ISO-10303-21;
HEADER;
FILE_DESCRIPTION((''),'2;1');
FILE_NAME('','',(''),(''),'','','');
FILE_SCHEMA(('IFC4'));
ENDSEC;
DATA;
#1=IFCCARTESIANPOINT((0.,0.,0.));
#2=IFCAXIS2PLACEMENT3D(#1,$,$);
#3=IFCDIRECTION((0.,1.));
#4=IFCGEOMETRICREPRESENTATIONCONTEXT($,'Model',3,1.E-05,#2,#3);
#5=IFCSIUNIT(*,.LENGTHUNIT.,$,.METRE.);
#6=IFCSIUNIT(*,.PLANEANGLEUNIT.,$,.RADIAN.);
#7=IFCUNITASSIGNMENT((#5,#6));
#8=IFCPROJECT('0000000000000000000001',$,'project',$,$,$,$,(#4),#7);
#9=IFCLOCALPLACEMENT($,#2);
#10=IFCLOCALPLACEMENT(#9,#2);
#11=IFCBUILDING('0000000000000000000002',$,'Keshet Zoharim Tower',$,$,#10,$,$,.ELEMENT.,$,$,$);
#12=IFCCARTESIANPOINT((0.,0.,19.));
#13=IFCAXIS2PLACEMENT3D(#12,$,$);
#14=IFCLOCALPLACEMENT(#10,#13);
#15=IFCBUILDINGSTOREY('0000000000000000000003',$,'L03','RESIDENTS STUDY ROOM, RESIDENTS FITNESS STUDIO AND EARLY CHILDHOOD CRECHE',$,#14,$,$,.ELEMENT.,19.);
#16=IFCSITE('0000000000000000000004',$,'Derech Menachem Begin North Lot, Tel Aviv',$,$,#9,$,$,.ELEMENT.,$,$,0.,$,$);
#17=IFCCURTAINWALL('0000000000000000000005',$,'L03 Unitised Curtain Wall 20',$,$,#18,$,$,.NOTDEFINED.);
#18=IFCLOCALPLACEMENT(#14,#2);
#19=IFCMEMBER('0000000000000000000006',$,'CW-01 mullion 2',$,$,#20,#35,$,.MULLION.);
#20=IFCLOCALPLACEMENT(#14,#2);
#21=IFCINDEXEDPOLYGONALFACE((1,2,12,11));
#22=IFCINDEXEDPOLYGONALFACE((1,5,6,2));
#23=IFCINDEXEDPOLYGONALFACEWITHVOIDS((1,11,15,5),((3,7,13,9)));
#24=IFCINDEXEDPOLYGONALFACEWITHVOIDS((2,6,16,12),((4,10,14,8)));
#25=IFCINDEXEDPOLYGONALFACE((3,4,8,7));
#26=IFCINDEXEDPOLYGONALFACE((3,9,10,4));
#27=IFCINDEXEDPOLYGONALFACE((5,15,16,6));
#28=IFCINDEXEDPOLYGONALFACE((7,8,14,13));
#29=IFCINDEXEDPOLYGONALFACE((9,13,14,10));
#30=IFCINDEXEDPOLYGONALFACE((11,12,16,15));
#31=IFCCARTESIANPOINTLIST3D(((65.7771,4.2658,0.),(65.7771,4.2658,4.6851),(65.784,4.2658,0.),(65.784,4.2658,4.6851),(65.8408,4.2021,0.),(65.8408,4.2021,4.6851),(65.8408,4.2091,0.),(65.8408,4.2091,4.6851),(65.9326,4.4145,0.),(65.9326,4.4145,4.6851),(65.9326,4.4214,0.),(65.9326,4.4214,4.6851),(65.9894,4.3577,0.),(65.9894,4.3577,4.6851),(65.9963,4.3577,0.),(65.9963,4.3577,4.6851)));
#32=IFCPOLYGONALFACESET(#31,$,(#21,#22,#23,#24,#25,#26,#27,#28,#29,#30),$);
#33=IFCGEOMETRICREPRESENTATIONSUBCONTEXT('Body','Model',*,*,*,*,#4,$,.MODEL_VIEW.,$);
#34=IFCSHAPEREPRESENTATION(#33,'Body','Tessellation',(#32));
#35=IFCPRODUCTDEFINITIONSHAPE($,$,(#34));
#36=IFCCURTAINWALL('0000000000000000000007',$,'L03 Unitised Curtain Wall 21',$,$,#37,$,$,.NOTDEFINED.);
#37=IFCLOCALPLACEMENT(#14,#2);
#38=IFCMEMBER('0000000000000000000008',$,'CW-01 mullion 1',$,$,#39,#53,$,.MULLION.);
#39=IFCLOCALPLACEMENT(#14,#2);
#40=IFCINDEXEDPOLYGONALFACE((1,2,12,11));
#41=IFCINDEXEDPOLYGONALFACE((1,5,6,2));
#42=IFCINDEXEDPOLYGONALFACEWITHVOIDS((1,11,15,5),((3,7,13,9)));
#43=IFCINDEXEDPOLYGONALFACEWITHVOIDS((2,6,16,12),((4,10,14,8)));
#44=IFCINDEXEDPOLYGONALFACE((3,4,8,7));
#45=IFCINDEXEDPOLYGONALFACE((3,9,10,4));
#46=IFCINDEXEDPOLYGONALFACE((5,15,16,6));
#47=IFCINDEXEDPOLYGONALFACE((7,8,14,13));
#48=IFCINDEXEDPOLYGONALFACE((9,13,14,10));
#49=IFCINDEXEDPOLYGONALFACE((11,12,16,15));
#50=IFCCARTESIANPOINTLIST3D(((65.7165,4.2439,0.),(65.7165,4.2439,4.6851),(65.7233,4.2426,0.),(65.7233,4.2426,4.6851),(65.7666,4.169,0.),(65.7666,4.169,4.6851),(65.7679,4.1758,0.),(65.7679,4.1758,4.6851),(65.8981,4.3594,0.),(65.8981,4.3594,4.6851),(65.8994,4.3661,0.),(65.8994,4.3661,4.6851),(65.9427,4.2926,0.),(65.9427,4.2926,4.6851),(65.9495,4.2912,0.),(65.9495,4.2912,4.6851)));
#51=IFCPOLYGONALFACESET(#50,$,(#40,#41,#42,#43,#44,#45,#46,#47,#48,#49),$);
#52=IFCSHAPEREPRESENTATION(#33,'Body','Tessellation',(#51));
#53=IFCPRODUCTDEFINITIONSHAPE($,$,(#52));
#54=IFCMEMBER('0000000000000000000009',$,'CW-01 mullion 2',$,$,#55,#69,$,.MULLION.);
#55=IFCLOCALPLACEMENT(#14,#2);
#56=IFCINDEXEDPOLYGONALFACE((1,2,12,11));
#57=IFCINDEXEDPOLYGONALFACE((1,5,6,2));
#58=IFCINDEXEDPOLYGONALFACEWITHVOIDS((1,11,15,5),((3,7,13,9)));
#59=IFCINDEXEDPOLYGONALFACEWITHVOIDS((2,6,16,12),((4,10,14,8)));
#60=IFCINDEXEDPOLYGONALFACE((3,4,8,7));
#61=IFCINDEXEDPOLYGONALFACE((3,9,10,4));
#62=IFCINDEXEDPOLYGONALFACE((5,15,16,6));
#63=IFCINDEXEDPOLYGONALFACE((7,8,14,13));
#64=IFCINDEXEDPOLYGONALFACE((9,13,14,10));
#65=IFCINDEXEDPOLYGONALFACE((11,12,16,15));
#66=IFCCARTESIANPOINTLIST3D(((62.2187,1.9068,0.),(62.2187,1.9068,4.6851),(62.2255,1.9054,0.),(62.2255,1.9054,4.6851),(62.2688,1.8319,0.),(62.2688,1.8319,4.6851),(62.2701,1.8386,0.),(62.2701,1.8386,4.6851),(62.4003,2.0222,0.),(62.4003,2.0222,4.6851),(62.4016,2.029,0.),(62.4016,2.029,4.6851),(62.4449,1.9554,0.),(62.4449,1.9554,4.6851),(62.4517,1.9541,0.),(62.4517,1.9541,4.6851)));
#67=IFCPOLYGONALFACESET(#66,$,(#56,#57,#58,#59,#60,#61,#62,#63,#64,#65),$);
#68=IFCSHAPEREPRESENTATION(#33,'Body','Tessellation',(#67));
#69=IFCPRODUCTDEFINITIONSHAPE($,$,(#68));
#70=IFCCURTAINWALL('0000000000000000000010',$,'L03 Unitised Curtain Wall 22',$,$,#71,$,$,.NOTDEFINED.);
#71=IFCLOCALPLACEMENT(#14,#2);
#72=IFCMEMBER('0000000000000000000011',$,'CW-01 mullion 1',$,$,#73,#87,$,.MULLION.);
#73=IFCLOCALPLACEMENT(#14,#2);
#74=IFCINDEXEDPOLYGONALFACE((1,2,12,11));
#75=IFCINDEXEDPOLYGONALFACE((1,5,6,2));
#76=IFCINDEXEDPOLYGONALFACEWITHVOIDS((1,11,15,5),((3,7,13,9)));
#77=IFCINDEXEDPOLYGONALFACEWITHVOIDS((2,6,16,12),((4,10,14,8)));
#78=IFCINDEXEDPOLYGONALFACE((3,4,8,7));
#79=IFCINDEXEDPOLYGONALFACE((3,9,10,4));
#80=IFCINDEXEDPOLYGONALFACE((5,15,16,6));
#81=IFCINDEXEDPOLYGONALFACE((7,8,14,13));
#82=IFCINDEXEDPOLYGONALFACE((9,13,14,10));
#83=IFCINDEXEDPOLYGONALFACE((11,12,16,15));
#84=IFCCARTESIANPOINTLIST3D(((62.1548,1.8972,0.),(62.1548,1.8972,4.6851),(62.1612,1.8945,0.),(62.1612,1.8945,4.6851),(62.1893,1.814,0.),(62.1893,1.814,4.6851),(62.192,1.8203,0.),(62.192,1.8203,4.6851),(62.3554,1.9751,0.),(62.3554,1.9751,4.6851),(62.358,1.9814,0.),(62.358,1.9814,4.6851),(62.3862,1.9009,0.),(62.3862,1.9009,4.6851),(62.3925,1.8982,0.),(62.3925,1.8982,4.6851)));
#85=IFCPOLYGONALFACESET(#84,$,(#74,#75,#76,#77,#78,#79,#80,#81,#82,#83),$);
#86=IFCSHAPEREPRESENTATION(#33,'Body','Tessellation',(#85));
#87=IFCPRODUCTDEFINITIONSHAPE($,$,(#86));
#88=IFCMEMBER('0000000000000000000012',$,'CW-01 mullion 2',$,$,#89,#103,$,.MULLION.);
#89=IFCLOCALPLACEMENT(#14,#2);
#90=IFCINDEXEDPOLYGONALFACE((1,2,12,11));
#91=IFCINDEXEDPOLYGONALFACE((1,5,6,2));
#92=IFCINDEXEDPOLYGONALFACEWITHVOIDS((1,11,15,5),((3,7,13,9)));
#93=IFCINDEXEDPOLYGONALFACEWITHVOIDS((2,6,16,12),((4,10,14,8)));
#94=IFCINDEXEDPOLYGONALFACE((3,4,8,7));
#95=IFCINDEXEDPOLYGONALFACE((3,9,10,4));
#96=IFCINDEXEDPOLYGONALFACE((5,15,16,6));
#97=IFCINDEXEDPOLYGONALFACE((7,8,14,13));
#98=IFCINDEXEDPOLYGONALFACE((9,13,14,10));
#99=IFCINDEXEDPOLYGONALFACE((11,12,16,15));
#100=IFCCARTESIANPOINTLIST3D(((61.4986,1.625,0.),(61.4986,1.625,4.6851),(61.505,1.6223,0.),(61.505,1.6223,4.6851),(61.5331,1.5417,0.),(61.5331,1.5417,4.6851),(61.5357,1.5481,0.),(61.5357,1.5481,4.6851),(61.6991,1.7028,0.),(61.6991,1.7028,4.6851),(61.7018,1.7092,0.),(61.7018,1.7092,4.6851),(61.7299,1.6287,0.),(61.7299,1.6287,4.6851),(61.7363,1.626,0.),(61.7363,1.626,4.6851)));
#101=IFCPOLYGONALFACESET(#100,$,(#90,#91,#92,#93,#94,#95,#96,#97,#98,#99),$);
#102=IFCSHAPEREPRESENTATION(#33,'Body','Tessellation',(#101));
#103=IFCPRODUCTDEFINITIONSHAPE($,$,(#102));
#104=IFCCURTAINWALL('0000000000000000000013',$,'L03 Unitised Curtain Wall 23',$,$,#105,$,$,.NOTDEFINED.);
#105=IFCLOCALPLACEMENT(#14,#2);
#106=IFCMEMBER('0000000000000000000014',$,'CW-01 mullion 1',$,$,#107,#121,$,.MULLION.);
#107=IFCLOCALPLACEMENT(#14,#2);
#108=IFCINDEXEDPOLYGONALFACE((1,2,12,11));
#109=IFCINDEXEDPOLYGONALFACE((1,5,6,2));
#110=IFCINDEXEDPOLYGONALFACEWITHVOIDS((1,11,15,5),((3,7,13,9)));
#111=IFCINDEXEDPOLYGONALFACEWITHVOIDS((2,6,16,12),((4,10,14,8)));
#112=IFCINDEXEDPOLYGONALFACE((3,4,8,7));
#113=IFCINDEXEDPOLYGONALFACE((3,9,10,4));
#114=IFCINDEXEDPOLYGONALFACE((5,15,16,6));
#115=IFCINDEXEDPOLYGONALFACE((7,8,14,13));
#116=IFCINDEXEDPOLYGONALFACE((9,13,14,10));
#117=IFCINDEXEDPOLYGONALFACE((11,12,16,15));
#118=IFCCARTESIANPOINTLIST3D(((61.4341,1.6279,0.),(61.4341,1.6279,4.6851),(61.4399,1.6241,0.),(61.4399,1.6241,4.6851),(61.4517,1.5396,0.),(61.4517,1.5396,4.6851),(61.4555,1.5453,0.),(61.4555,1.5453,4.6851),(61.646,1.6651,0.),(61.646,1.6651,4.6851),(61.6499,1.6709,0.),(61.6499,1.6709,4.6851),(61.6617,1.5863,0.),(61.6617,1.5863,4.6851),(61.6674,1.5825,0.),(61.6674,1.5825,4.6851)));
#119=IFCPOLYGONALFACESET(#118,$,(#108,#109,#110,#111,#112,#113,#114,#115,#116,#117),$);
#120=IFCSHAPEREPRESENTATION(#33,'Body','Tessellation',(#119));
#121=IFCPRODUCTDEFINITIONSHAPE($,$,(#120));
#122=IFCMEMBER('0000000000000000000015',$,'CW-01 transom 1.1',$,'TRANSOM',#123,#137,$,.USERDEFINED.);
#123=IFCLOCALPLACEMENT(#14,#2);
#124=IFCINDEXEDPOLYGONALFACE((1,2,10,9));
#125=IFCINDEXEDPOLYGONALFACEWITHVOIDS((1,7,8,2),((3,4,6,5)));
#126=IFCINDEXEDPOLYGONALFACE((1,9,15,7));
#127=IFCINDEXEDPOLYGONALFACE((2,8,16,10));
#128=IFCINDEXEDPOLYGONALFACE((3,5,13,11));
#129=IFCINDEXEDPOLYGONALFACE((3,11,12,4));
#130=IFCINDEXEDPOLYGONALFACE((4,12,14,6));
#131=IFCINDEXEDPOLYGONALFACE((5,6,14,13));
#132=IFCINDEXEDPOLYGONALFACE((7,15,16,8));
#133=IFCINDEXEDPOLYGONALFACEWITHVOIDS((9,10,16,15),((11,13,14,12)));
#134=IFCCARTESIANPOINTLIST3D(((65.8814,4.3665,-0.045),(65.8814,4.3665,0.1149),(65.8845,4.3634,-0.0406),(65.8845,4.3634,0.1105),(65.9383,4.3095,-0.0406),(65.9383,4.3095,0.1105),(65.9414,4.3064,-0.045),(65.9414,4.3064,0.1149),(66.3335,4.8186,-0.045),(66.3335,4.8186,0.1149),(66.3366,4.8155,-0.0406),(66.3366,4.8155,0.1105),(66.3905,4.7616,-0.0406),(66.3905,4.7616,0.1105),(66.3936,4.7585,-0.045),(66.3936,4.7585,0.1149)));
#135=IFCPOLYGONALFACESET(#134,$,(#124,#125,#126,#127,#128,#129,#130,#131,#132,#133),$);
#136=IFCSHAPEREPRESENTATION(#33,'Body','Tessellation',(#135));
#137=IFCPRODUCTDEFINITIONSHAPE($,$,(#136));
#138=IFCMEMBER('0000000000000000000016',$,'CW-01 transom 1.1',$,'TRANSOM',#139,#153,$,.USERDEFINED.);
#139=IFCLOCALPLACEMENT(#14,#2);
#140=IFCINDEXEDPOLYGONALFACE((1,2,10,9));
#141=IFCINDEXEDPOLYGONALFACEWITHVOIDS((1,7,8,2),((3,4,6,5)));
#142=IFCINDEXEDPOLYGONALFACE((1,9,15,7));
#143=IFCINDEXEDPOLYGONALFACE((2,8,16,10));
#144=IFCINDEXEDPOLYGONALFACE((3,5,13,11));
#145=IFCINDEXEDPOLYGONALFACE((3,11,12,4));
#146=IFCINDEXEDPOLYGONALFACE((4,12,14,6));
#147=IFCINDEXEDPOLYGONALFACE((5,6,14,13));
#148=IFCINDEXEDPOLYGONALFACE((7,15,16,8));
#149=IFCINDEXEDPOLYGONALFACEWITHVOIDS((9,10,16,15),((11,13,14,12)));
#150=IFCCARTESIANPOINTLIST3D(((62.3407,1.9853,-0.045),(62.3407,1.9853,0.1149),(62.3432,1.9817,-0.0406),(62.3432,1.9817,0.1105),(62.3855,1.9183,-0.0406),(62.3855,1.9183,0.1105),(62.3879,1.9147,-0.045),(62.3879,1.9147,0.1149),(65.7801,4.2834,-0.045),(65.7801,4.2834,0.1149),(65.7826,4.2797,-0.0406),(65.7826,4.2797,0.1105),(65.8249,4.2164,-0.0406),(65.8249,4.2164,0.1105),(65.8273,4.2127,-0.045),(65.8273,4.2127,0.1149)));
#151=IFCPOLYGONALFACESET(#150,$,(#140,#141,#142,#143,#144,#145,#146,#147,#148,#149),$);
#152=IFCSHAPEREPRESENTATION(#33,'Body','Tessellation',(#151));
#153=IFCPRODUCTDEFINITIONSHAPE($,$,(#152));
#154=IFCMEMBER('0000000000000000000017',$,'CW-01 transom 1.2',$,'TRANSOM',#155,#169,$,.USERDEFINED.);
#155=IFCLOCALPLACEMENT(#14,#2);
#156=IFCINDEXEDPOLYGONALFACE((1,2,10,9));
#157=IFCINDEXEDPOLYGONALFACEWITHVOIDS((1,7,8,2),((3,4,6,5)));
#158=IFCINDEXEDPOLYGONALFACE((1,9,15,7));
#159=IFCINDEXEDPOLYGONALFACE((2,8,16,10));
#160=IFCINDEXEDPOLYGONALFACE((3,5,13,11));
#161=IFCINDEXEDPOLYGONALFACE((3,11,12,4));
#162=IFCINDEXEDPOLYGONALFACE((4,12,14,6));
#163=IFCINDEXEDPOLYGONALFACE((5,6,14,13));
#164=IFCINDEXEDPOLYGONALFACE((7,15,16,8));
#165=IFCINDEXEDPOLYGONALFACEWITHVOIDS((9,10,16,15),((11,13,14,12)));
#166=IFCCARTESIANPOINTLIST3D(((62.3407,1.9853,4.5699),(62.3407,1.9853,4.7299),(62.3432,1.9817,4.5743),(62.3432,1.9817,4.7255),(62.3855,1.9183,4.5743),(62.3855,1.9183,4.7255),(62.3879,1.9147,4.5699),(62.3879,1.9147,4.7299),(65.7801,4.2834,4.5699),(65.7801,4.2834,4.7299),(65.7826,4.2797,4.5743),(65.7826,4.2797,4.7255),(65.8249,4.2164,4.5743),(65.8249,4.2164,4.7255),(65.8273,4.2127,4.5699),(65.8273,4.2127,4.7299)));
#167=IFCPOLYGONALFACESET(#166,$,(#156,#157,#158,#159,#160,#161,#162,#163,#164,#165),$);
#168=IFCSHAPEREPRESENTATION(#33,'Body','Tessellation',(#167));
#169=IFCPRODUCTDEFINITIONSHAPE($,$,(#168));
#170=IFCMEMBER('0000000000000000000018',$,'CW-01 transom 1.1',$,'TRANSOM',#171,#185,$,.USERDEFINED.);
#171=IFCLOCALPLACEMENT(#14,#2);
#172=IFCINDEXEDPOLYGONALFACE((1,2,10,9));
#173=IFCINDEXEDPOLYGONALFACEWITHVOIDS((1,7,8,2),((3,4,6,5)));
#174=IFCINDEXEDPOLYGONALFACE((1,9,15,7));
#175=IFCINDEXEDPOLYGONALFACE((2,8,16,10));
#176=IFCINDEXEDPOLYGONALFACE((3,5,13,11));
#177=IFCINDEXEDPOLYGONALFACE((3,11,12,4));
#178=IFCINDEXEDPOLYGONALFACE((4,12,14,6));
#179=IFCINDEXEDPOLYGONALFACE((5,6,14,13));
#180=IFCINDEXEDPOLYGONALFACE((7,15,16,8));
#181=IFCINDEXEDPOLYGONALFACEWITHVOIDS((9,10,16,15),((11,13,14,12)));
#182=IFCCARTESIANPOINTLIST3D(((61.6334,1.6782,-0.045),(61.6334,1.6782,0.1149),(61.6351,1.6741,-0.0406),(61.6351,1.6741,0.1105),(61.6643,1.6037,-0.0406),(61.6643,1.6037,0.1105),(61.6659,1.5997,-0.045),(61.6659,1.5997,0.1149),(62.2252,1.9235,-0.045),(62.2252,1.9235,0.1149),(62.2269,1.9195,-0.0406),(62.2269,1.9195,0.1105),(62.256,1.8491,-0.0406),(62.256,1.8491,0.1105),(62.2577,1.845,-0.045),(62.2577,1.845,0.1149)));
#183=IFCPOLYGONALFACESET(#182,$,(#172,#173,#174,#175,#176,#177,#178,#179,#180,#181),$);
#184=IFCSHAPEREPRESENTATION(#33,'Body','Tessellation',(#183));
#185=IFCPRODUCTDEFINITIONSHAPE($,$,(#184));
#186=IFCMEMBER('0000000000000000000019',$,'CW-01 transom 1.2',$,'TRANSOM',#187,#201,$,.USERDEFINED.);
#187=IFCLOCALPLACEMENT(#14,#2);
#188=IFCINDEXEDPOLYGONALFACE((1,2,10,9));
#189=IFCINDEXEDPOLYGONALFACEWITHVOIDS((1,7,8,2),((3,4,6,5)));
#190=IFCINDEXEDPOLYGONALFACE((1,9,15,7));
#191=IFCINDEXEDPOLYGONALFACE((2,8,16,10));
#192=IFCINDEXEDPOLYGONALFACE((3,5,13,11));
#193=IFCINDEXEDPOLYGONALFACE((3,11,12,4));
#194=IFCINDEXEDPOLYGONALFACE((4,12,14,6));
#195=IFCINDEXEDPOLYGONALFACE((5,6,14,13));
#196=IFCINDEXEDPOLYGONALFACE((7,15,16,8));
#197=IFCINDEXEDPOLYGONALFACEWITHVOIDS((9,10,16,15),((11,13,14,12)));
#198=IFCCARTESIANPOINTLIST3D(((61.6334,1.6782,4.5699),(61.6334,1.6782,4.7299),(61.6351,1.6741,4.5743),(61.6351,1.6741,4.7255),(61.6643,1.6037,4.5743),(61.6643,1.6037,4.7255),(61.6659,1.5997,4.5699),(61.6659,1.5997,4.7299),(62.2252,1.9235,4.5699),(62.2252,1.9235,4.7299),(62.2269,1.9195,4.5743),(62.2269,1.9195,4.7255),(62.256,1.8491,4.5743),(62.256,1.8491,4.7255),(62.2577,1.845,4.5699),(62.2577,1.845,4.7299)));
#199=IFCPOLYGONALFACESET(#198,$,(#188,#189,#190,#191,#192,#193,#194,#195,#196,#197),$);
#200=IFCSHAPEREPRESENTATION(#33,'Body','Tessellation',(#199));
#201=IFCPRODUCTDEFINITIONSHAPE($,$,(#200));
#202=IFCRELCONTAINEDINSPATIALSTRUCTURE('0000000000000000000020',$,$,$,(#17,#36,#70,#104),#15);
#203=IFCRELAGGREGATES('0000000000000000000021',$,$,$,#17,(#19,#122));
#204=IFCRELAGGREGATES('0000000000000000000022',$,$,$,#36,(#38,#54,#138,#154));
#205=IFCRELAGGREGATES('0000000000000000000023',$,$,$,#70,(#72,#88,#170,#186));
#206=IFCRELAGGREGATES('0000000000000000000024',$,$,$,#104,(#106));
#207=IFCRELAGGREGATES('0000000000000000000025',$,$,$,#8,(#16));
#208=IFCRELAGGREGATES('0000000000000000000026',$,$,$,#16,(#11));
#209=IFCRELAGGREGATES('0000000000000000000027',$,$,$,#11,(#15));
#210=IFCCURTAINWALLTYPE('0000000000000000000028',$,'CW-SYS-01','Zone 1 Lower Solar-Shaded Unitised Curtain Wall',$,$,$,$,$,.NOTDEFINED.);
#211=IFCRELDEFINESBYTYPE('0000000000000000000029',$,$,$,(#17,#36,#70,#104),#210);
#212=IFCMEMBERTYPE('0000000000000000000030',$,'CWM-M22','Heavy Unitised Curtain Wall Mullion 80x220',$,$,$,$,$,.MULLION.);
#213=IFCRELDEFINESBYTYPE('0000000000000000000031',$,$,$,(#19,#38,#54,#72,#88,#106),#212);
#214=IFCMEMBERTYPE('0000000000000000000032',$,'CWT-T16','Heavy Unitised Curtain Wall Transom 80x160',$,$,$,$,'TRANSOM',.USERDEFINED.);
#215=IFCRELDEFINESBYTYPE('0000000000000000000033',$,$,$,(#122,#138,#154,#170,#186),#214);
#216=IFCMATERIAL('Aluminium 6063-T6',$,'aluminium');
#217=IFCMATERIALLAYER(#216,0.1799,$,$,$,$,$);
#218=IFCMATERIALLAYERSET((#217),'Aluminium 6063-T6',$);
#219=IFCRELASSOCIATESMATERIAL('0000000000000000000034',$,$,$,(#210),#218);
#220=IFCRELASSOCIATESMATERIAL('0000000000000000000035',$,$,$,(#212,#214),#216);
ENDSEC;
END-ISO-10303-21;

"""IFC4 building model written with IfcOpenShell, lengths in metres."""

from ifc_helpers import new_model, si_unit, direction, frame, origin, origin_2d, place, context, subcontext, project, spatial, hollow_rectangle, extrude, material, layer, layer_set, material_profile, profile_set, type_object, element, aggregate, save


model = new_model("IFC4")

# Units and contexts
model_context = context("Model", 3, precision=1e-05, world=origin(), true_north=direction((0.0, 1.0)))
body_context = subcontext(model_context, "Body", "Model", "MODEL_VIEW")
ifc_project = project(units=[si_unit("LENGTHUNIT", "METRE"), si_unit("PLANEANGLEUNIT", "RADIAN")], contexts=[model_context])

# Site, building, storey
site_placement = place(None, origin())
site = spatial("IfcSite", under=ifc_project, at=site_placement, Name="Derech Menachem Begin North Lot, Tel Aviv", CompositionType="ELEMENT", RefElevation=0.0)
building_placement = place(site_placement, origin())
building = spatial("IfcBuilding", under=site, at=building_placement, Name="Keshet Zoharim Tower", CompositionType="ELEMENT")
storey_placement = place(building_placement, frame((0.0, 0.0, 19.0)))
storey = spatial("IfcBuildingStorey", under=building, at=storey_placement, Name="L03", Description="RESIDENTS STUDY ROOM, RESIDENTS FITNESS STUDIO AND EARLY CHILDHOOD CRECHE", CompositionType="ELEMENT", Elevation=19.0)

# Curtain wall, member
ifc_material_1 = material(Name="Aluminium 6063-T6", Category="aluminium")
ifc_layer_1 = layer(ifc_material_1, 0.1799)
ifc_layer_set_1 = layer_set([ifc_layer_1], Name="Aluminium 6063-T6")
curtain_wall_type = type_object("IfcCurtainWallType", Name="CW-SYS-01", Description="Zone 1 Lower Solar-Shaded Unitised Curtain Wall", PredefinedType="NOTDEFINED", material=ifc_layer_set_1)
curtain_wall_1_placement = place(storey_placement, origin())
curtain_wall_1 = element("IfcCurtainWall", 1, at=curtain_wall_1_placement, inside=storey, type_object=curtain_wall_type, Name="L03 Unitised Curtain Wall 20", PredefinedType="NOTDEFINED")
ifc_material_profile_1 = material_profile(ifc_material_1, hollow_rectangle(XDim=0.0901, YDim=0.22, WallThickness=0.0049, at=origin_2d()), Name="MUL-90x220")
ifc_profile_set_1 = profile_set([ifc_material_profile_1], Name="Aluminium 6063-T6")
member_type_1 = type_object("IfcMemberType", Name="CWM-M22", Description="Heavy Unitised Curtain Wall Mullion 80x220", PredefinedType="MULLION", material=ifc_profile_set_1)
member_1_placement = place(storey_placement, frame((65.8867, 4.3118, 0.0), z_axis=(0.0, 0.0, 1.0), x_axis=(0.707107, -0.707107, 0.0)))
member_1 = element("IfcMember", 2, at=member_1_placement, type_object=member_type_1, Name="CW-01 mullion 2", PredefinedType="MULLION", context=body_context, shape_type="SweptSolid", body=[
    extrude(hollow_rectangle(XDim=0.0901, YDim=0.22, WallThickness=0.0049, at=origin_2d()), origin(), (0.0, 0.0, 1.0), 4.6851),
])

# Curtain walls, members
curtain_wall_2_placement = place(storey_placement, origin())
curtain_wall_2 = element("IfcCurtainWall", 3, at=curtain_wall_2_placement, inside=storey, type_object=curtain_wall_type, Name="L03 Unitised Curtain Wall 21", PredefinedType="NOTDEFINED")
member_2_placement = place(storey_placement, frame((65.833, 4.2676, 0.0), z_axis=(0.0, 0.0, 1.0), x_axis=(0.555563, -0.831474, 0.0)))
member_2 = element("IfcMember", 4, at=member_2_placement, type_object=member_type_1, Name="CW-01 mullion 1", PredefinedType="MULLION", context=body_context, shape_type="SweptSolid", body=[
    extrude(hollow_rectangle(XDim=0.0901, YDim=0.22, WallThickness=0.0049, at=origin_2d()), origin(), (0.0, 0.0, 1.0), 4.6851),
])
member_3_placement = place(storey_placement, frame((62.3352, 1.9304, 0.0), z_axis=(0.0, 0.0, 1.0), x_axis=(0.555563, -0.831474, 0.0)))
member_3 = element("IfcMember", 5, at=member_3_placement, type_object=member_type_1, Name="CW-01 mullion 2", PredefinedType="MULLION", context=body_context, shape_type="SweptSolid", body=[
    extrude(hollow_rectangle(XDim=0.0901, YDim=0.22, WallThickness=0.0049, at=origin_2d()), origin(), (0.0, 0.0, 1.0), 4.6851),
])
curtain_wall_3_placement = place(storey_placement, origin())
curtain_wall_3 = element("IfcCurtainWall", 6, at=curtain_wall_3_placement, inside=storey, type_object=curtain_wall_type, Name="L03 Unitised Curtain Wall 22", PredefinedType="NOTDEFINED")
member_4_placement = place(storey_placement, frame((62.2737, 1.8977, 0.0), z_axis=(0.0, 0.0, 1.0), x_axis=(0.383068, -0.92372, 0.0)))
member_4 = element("IfcMember", 7, at=member_4_placement, type_object=member_type_1, Name="CW-01 mullion 1", PredefinedType="MULLION", context=body_context, shape_type="SweptSolid", body=[
    extrude(hollow_rectangle(XDim=0.0901, YDim=0.22, WallThickness=0.0049, at=origin_2d()), origin(), (0.0, 0.0, 1.0), 4.6851),
])
member_5_placement = place(storey_placement, frame((61.6174, 1.6255, 0.0), z_axis=(0.0, 0.0, 1.0), x_axis=(0.383068, -0.92372, 0.0)))
member_5 = element("IfcMember", 8, at=member_5_placement, type_object=member_type_1, Name="CW-01 mullion 2", PredefinedType="MULLION", context=body_context, shape_type="SweptSolid", body=[
    extrude(hollow_rectangle(XDim=0.0901, YDim=0.22, WallThickness=0.0049, at=origin_2d()), origin(), (0.0, 0.0, 1.0), 4.6851),
])

# Curtain wall, member
curtain_wall_4_placement = place(storey_placement, origin())
curtain_wall_4 = element("IfcCurtainWall", 9, at=curtain_wall_4_placement, inside=storey, type_object=curtain_wall_type, Name="L03 Unitised Curtain Wall 23", PredefinedType="NOTDEFINED")
member_6_placement = place(storey_placement, frame((61.5508, 1.6052, 0.0), z_axis=(0.0, 0.0, 1.0), x_axis=(0.195171, -0.980769, 0.0)))
member_6 = element("IfcMember", 10, at=member_6_placement, type_object=member_type_1, Name="CW-01 mullion 1", PredefinedType="MULLION", context=body_context, shape_type="SweptSolid", body=[
    extrude(hollow_rectangle(XDim=0.0901, YDim=0.22, WallThickness=0.0049, at=origin_2d()), origin(), (0.0, 0.0, 1.0), 4.6851),
])

# Members
ifc_material_profile_2 = material_profile(ifc_material_1, hollow_rectangle(XDim=0.085, YDim=0.1599, WallThickness=0.0044, at=origin_2d()), Name="TRN-85x160")
ifc_profile_set_2 = profile_set([ifc_material_profile_2], Name="Aluminium 6063-T6")
member_type_2 = type_object("IfcMemberType", Name="CWT-T16", Description="Heavy Unitised Curtain Wall Transom 80x160", ElementType="TRANSOM", PredefinedType="USERDEFINED", material=ifc_profile_set_2)
member_7_placement = place(storey_placement, frame((66.3635, 4.7886, 0.0349), z_axis=(-0.707107, -0.707107, 0.0), x_axis=(0.707107, -0.707107, 0.0)))
member_7 = element("IfcMember", 11, at=member_7_placement, type_object=member_type_2, Name="CW-01 transom 1.1", ObjectType="TRANSOM", PredefinedType="USERDEFINED", context=body_context, shape_type="SweptSolid", body=[
    extrude(hollow_rectangle(XDim=0.085, YDim=0.1599, WallThickness=0.0044, at=origin_2d()), origin(), (0.0, 0.0, 1.0), 0.6394),
])
member_8_placement = place(storey_placement, frame((65.8037, 4.248, 0.0349), z_axis=(-0.831478, -0.555558, 0.0), x_axis=(0.555558, -0.831478, 0.0)))
member_8 = element("IfcMember", 12, at=member_8_placement, type_object=member_type_2, Name="CW-01 transom 1.1", ObjectType="TRANSOM", PredefinedType="USERDEFINED", context=body_context, shape_type="SweptSolid", body=[
    extrude(hollow_rectangle(XDim=0.085, YDim=0.1599, WallThickness=0.0044, at=origin_2d()), origin(), (0.0, 0.0, 1.0), 4.1365),
])
member_9_placement = place(storey_placement, frame((65.8037, 4.248, 4.6499), z_axis=(-0.831478, -0.555558, 0.0), x_axis=(0.555558, -0.831478, 0.0)))
member_9 = element("IfcMember", 13, at=member_9_placement, type_object=member_type_2, Name="CW-01 transom 1.2", ObjectType="TRANSOM", PredefinedType="USERDEFINED", context=body_context, shape_type="SweptSolid", body=[
    extrude(hollow_rectangle(XDim=0.085, YDim=0.1599, WallThickness=0.0044, at=origin_2d()), origin(), (0.0, 0.0, 1.0), 4.1365),
])
member_10_placement = place(storey_placement, frame((62.2415, 1.8843, 0.0349), z_axis=(-0.923752, -0.382991, 0.0), x_axis=(0.382991, -0.923752, 0.0)))
member_10 = element("IfcMember", 14, at=member_10_placement, type_object=member_type_2, Name="CW-01 transom 1.1", ObjectType="TRANSOM", PredefinedType="USERDEFINED", context=body_context, shape_type="SweptSolid", body=[
    extrude(hollow_rectangle(XDim=0.085, YDim=0.1599, WallThickness=0.0044, at=origin_2d()), origin(), (0.0, 0.0, 1.0), 0.6406),
])
member_11_placement = place(storey_placement, frame((62.2415, 1.8843, 4.6499), z_axis=(-0.923752, -0.382991, 0.0), x_axis=(0.382991, -0.923752, 0.0)))
member_11 = element("IfcMember", 15, at=member_11_placement, type_object=member_type_2, Name="CW-01 transom 1.2", ObjectType="TRANSOM", PredefinedType="USERDEFINED", context=body_context, shape_type="SweptSolid", body=[
    extrude(hollow_rectangle(XDim=0.085, YDim=0.1599, WallThickness=0.0044, at=origin_2d()), origin(), (0.0, 0.0, 1.0), 0.6406),
])

aggregate(curtain_wall_1, [member_1, member_7])
aggregate(curtain_wall_2, [member_2, member_3, member_8, member_9])
aggregate(curtain_wall_3, [member_4, member_5, member_10, member_11])
aggregate(curtain_wall_4, [member_6])

save(model, "model.ifc")
